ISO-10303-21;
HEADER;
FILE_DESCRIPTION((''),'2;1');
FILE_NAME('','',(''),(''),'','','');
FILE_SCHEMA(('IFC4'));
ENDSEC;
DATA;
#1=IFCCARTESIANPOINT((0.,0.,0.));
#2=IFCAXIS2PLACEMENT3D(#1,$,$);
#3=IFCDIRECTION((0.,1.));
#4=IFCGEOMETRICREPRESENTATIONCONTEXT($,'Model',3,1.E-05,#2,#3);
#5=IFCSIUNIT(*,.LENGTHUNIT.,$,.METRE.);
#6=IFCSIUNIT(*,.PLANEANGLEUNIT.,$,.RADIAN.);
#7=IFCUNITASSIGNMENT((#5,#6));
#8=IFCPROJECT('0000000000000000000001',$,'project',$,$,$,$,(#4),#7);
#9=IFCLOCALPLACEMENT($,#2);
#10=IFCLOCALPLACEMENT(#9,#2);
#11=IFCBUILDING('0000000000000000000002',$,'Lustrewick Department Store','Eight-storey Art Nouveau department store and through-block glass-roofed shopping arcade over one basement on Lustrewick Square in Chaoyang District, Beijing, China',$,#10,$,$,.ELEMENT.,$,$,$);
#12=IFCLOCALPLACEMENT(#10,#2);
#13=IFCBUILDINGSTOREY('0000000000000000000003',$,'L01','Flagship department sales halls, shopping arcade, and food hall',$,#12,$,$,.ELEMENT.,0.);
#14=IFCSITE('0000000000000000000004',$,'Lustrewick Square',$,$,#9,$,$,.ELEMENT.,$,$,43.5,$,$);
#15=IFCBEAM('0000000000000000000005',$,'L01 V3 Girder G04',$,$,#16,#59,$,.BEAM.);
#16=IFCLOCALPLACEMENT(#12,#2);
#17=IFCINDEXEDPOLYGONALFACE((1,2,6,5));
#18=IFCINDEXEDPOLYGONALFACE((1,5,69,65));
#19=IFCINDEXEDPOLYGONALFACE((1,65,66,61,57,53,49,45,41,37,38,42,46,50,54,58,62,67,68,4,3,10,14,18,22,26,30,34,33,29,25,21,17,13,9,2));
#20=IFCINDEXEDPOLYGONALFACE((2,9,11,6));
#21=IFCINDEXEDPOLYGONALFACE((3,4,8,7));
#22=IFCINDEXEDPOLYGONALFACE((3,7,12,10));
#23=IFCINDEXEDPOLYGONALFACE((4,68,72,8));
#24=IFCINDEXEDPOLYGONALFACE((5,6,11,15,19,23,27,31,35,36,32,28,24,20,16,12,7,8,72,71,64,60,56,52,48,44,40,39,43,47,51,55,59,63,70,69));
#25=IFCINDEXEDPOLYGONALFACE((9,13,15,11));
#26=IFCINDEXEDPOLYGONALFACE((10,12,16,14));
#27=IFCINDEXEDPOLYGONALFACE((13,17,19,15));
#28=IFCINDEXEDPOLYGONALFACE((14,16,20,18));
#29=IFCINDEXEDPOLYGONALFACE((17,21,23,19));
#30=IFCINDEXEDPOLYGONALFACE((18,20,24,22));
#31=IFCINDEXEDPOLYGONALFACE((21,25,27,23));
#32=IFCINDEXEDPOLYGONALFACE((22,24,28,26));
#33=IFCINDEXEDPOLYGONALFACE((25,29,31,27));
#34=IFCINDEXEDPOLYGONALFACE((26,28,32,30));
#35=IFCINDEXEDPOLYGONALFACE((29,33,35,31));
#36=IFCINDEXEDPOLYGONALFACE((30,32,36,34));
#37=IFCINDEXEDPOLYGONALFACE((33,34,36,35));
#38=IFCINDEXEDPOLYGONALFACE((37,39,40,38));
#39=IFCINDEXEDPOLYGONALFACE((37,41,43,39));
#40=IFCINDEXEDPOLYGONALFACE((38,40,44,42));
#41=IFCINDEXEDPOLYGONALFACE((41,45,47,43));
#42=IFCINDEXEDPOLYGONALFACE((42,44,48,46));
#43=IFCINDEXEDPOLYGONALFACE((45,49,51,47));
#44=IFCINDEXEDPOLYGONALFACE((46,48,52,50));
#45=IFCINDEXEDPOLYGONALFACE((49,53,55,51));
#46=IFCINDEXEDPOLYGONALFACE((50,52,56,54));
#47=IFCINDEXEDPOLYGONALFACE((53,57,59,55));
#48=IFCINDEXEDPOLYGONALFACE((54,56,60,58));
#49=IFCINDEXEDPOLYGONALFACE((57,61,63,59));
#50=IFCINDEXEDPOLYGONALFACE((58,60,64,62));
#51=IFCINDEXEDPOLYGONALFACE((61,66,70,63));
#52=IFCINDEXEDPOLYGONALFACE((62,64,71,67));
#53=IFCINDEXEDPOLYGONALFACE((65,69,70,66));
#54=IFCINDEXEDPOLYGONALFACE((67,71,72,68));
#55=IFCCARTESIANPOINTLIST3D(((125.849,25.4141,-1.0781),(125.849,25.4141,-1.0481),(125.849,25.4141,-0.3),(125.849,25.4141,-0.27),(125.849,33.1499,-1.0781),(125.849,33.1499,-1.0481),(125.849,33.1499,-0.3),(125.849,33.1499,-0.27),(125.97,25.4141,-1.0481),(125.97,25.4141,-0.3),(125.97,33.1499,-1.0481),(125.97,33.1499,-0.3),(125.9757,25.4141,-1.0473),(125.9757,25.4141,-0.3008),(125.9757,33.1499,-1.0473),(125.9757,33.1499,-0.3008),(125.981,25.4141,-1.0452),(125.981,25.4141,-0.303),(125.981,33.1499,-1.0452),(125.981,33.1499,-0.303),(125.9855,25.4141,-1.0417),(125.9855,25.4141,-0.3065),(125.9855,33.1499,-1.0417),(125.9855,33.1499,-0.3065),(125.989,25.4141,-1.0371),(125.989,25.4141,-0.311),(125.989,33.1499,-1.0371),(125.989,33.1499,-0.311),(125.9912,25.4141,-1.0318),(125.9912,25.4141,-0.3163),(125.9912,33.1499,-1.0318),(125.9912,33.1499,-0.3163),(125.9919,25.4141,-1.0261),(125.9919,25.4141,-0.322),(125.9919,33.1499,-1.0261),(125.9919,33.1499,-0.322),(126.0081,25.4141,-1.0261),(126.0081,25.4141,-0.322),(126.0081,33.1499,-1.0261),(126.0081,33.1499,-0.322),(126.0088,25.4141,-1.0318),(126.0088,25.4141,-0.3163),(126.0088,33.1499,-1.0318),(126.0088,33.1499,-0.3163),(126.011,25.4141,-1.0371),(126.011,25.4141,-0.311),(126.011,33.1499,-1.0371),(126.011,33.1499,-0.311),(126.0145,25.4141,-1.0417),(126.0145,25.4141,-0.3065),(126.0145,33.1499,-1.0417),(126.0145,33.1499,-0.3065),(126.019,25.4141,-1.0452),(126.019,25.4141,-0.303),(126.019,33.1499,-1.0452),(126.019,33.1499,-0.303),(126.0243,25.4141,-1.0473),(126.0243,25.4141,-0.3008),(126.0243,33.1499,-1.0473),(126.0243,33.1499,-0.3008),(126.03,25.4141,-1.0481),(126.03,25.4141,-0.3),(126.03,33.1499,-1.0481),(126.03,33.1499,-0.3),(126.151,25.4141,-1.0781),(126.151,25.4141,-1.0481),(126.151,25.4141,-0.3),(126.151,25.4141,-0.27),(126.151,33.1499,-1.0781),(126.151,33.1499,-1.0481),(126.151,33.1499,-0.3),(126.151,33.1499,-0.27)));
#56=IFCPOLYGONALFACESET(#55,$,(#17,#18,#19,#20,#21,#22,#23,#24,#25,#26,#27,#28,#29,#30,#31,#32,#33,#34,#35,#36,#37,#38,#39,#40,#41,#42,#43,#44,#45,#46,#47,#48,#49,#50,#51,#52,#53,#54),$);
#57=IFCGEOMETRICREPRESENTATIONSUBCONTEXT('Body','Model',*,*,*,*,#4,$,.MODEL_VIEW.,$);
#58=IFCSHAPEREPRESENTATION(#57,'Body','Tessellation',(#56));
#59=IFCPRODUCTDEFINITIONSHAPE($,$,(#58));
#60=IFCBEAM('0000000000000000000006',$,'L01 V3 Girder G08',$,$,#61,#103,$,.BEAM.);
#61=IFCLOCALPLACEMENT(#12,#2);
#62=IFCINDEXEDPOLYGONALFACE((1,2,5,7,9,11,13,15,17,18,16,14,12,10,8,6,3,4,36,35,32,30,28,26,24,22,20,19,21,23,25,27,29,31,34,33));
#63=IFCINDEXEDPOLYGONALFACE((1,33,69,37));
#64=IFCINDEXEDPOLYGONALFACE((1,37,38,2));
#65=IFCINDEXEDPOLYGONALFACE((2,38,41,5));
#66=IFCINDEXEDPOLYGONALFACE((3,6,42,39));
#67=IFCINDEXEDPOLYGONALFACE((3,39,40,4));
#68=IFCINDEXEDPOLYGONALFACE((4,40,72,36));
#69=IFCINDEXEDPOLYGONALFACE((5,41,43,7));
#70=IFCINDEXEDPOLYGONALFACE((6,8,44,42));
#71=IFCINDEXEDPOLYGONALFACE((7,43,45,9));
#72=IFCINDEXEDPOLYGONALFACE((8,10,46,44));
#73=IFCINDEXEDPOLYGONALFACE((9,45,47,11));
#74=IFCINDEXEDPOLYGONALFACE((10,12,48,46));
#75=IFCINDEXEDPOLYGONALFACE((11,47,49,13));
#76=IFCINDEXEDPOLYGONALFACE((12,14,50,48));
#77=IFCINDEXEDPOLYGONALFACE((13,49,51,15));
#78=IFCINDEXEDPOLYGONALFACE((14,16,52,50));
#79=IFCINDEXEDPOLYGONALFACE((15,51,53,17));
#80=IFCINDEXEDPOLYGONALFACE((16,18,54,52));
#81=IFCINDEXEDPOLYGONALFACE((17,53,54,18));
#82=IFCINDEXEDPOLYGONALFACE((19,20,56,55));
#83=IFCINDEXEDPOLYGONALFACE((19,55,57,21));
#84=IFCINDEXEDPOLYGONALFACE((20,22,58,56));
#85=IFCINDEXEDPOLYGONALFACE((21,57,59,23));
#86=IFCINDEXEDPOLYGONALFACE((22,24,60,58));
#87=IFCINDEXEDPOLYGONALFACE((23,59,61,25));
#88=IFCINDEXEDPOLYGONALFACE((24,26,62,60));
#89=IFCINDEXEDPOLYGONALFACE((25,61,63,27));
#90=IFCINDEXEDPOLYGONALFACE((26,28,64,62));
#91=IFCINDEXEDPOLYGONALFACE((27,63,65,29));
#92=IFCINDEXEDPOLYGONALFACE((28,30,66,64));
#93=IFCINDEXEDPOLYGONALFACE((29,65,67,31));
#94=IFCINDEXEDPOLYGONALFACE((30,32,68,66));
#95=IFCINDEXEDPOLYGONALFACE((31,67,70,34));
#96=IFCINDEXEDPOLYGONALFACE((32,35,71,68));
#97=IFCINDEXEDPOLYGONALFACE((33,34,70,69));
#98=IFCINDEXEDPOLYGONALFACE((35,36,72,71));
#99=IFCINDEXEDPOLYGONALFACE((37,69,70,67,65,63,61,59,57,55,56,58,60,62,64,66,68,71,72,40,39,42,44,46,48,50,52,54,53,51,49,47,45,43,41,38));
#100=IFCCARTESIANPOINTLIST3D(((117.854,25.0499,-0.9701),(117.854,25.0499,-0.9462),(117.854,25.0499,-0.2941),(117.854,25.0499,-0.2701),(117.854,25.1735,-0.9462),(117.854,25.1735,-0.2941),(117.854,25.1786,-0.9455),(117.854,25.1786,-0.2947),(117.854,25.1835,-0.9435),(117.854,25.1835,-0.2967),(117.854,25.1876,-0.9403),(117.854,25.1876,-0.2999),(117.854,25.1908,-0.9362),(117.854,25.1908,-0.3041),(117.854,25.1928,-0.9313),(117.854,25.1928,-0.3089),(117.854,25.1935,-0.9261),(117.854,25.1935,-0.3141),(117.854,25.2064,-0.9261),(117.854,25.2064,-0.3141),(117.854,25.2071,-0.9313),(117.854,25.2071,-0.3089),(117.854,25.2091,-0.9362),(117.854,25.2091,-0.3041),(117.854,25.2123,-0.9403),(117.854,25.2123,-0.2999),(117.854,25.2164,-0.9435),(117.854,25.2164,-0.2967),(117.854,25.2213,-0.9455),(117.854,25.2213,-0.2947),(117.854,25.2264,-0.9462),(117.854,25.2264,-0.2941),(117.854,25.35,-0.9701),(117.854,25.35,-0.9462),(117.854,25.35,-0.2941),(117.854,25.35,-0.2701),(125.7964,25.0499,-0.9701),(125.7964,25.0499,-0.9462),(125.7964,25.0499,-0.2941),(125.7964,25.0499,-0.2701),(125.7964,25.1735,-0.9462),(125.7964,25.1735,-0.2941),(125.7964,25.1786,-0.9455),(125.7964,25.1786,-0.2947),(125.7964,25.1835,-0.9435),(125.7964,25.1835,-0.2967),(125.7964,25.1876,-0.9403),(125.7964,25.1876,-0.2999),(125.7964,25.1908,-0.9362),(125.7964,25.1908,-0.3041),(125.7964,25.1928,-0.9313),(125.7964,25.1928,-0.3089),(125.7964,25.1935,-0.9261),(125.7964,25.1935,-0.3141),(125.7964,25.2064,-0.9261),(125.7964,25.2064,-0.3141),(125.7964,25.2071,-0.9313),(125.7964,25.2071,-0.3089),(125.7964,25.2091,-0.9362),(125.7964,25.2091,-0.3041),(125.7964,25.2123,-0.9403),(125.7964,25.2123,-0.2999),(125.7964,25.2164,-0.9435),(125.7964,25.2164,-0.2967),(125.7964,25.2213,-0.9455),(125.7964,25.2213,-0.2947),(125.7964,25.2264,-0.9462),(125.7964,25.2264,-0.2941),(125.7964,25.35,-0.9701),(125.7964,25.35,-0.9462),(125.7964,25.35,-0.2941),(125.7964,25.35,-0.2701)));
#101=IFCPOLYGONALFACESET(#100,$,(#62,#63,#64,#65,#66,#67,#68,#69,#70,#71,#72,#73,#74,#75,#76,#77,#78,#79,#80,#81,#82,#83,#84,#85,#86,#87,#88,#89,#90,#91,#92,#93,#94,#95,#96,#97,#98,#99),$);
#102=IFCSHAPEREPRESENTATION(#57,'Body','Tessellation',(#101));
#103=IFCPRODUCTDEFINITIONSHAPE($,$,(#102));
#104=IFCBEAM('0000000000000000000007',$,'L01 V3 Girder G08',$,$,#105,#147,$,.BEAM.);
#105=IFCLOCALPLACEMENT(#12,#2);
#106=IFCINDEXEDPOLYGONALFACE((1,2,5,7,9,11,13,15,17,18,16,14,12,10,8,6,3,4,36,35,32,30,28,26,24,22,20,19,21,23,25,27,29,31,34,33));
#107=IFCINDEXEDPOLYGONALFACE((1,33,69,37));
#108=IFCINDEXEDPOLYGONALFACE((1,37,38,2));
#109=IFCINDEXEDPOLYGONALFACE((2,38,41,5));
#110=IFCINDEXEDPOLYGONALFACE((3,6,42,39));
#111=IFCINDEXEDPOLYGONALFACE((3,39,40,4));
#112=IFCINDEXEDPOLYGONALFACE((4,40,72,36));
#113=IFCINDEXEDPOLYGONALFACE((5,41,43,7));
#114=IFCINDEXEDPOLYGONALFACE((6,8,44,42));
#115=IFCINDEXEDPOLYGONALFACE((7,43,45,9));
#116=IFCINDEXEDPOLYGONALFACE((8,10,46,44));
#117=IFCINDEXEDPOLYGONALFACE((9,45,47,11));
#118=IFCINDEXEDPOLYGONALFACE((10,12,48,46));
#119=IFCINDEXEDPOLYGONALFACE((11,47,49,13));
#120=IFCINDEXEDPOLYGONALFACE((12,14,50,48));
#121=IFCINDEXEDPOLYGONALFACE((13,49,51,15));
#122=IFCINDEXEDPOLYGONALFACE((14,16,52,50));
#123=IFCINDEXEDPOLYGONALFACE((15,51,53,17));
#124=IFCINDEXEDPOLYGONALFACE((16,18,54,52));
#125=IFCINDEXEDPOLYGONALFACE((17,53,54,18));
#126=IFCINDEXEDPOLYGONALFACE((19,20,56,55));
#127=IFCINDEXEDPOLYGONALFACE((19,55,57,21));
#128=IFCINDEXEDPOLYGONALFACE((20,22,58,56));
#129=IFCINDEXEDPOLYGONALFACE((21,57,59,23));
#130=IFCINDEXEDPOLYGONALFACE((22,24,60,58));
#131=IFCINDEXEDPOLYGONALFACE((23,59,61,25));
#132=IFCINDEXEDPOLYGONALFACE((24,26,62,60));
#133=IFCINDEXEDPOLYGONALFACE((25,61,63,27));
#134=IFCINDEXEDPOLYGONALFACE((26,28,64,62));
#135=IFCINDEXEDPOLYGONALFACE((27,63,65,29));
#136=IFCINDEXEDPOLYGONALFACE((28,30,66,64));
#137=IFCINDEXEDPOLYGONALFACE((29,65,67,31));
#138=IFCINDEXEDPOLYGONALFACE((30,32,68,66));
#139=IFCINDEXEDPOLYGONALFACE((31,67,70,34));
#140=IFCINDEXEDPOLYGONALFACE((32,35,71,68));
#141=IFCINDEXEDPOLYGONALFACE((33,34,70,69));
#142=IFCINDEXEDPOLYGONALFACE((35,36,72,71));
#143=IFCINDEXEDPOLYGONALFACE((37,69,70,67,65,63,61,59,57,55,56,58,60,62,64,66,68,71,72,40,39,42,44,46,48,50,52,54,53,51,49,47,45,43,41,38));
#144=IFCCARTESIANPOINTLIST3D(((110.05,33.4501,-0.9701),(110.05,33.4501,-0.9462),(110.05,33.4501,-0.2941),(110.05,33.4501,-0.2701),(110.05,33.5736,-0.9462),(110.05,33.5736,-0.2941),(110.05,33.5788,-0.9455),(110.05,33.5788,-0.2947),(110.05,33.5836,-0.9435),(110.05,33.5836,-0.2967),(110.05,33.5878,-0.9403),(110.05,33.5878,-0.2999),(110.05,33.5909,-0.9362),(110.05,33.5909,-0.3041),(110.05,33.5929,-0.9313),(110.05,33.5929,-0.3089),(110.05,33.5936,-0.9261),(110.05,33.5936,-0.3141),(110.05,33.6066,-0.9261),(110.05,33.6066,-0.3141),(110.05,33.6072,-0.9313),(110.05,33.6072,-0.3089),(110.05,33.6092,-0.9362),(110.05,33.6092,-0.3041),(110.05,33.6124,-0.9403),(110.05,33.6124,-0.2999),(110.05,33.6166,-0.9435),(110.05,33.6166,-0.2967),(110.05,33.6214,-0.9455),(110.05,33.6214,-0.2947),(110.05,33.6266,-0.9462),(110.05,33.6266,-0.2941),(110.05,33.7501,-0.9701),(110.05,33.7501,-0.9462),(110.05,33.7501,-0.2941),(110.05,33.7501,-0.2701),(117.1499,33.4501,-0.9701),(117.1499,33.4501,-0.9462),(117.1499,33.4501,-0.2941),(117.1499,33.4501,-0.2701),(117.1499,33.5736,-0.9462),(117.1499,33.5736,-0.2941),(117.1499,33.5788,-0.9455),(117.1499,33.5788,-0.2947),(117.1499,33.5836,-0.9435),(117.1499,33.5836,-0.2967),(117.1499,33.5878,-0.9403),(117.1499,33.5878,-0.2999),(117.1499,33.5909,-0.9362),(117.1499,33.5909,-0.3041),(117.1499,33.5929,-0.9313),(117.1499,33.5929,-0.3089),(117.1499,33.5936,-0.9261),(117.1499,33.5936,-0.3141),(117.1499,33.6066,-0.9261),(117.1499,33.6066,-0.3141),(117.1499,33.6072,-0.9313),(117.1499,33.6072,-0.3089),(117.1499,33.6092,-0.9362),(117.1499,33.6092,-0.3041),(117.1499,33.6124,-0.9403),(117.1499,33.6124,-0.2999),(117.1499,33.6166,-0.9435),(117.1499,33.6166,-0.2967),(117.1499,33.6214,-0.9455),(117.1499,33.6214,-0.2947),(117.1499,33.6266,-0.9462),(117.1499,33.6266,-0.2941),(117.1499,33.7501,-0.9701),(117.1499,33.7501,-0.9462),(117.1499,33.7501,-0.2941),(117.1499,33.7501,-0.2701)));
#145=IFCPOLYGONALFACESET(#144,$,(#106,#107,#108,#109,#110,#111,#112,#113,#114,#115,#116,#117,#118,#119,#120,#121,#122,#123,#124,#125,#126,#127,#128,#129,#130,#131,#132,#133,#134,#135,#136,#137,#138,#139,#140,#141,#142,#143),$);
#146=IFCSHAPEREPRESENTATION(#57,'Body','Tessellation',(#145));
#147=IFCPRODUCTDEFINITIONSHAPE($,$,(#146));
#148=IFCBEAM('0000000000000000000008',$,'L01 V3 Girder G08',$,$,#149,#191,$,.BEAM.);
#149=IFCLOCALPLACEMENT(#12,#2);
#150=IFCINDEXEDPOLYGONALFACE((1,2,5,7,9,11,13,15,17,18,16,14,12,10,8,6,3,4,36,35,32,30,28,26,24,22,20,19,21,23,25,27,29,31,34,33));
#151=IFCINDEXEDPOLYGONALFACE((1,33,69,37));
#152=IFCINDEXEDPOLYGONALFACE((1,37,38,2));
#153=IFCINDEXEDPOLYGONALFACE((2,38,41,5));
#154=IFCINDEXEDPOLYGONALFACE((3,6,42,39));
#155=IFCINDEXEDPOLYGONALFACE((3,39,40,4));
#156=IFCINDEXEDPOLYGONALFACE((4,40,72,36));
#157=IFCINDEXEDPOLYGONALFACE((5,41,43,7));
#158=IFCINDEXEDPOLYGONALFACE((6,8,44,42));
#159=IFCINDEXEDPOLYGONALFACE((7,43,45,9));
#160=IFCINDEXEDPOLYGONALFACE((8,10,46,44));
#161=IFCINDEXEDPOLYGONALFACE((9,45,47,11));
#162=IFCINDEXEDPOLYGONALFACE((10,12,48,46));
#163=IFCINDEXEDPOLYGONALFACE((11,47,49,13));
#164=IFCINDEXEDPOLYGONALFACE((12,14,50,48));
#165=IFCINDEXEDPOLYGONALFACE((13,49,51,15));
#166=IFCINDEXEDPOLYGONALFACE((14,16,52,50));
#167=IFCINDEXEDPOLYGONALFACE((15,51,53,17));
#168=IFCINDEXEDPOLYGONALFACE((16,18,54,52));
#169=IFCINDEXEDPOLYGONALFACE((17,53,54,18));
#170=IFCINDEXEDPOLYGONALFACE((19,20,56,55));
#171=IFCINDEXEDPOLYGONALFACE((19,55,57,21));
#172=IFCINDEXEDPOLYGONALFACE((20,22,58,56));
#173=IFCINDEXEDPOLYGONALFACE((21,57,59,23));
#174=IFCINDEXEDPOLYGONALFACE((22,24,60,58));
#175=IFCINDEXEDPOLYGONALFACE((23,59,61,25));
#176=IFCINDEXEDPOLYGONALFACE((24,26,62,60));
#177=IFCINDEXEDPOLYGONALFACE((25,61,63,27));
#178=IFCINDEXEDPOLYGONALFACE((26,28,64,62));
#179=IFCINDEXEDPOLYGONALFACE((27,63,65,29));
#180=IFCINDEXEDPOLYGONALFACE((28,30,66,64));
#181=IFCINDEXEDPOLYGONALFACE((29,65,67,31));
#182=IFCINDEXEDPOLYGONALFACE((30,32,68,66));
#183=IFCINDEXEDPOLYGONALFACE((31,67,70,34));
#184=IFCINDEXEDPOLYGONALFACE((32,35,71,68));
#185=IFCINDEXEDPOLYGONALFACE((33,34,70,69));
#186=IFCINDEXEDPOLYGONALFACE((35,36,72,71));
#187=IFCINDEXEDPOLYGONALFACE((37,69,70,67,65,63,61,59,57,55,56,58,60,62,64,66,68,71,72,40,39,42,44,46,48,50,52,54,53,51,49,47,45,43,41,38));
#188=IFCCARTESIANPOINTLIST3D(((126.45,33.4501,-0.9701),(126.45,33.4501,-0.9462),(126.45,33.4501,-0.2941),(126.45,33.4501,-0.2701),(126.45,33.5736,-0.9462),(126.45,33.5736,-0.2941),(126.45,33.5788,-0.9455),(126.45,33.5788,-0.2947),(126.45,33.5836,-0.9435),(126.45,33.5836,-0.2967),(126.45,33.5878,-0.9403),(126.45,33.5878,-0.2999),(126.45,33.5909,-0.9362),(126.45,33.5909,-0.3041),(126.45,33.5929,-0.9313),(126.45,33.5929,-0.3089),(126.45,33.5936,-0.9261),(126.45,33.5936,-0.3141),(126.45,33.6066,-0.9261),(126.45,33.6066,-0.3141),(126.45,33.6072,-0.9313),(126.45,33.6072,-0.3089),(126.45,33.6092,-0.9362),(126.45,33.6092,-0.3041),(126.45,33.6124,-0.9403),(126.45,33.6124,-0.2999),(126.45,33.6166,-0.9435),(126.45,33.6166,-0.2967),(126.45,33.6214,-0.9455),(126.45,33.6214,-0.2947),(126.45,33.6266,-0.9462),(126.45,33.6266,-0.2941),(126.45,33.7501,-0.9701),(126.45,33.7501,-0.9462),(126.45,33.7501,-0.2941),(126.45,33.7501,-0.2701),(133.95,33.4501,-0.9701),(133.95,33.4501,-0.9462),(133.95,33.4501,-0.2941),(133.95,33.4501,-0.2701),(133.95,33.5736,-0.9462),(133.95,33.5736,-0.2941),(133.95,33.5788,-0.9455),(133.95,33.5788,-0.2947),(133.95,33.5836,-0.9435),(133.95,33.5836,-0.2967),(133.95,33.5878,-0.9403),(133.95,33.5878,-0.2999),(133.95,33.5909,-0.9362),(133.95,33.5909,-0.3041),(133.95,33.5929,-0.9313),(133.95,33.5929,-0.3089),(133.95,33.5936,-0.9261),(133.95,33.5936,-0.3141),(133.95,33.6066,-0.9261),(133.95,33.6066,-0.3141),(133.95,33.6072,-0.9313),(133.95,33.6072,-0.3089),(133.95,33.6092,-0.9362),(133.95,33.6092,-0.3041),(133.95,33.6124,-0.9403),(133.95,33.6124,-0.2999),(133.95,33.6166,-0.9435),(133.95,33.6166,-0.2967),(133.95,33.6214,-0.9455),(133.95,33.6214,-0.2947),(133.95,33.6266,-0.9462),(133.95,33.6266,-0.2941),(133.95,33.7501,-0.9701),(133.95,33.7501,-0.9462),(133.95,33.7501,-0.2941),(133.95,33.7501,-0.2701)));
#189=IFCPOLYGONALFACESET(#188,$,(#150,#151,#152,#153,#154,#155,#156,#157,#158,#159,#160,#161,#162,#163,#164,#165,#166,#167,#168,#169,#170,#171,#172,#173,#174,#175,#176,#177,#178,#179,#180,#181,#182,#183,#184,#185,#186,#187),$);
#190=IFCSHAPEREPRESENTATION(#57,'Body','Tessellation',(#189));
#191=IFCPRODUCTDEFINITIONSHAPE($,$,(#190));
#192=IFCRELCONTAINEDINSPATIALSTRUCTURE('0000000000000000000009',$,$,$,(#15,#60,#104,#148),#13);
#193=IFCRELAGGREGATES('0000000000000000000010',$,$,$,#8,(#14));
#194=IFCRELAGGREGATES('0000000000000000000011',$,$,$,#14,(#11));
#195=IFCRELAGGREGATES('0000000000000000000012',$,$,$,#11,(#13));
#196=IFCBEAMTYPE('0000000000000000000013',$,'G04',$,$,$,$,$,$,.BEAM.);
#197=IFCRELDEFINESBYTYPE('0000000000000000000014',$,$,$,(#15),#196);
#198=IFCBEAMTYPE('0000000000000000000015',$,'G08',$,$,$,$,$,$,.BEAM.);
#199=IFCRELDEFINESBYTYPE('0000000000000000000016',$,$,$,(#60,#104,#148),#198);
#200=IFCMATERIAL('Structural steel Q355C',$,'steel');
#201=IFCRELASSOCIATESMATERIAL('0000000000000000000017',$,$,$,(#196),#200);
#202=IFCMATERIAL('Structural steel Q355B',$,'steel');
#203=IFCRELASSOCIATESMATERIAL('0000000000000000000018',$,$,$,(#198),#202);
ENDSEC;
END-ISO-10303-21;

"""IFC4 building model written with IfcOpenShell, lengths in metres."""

from ifc_helpers import new_model, si_unit, direction, frame, origin, origin_2d, place, context, subcontext, project, spatial, i_section, extrude, material, material_profile, profile_set, type_object, element, save


model = new_model("IFC4")

# Units and contexts
model_context = context("Model", 3, precision=1e-05, world=origin(), true_north=direction((0.0, 1.0)))
body_context = subcontext(model_context, "Body", "Model", "MODEL_VIEW")
ifc_project = project(units=[si_unit("LENGTHUNIT", "METRE"), si_unit("PLANEANGLEUNIT", "RADIAN")], contexts=[model_context])

# Site, building, storey
site_placement = place(None, origin())
site = spatial("IfcSite", under=ifc_project, at=site_placement, Name="Lustrewick Square", CompositionType="ELEMENT", RefElevation=43.5)
building_placement = place(site_placement, origin())
building = spatial("IfcBuilding", under=site, at=building_placement, Name="Lustrewick Department Store", Description="Eight-storey Art Nouveau department store and through-block glass-roofed shopping arcade over one basement on Lustrewick Square in Chaoyang District, Beijing, China", CompositionType="ELEMENT")
storey_placement = place(building_placement, origin())
storey = spatial("IfcBuildingStorey", under=building, at=storey_placement, Name="L01", Description="Flagship department sales halls, shopping arcade, and food hall", CompositionType="ELEMENT", Elevation=0.0)

# Shared definitions
ifc_material_1 = material(Name="Structural steel Q355C", Category="steel")

# Beams
ifc_material_2 = material(Name="Structural steel Q355B", Category="steel")
ifc_material_profile_1 = material_profile(ifc_material_1, i_section(OverallWidth=0.302, OverallDepth=0.8081, WebThickness=0.0161, FlangeThickness=0.03, FilletRadius=0.022, at=origin_2d()), Name="HN 808x302x16x30")
ifc_profile_set_1 = profile_set([ifc_material_profile_1], Name="Structural steel Q355C")
beam_type_1 = type_object("IfcBeamType", Name="G04", PredefinedType="BEAM", material=ifc_profile_set_1)
beam_1_placement = place(storey_placement, frame((126.0, 25.4141, -0.6741), z_axis=(0.0, 1.0, 0.0), x_axis=(-1.0, 0.0, 0.0)))
element("IfcBeam", 1, at=beam_1_placement, inside=storey, type_object=beam_type_1, Name="L01 V3 Girder G04", PredefinedType="BEAM", context=body_context, shape_type="SweptSolid", body=[
    extrude(i_section(OverallWidth=0.302, OverallDepth=0.8081, WebThickness=0.0161, FlangeThickness=0.03, FilletRadius=0.022, at=origin_2d()), origin(), (0.0, 0.0, 1.0), 7.7358),
])
ifc_material_profile_2 = material_profile(ifc_material_2, i_section(OverallWidth=0.3, OverallDepth=0.7, WebThickness=0.0129, FlangeThickness=0.0239, FilletRadius=0.02, at=origin_2d()), Name="HN 700x300x13x24")
ifc_profile_set_2 = profile_set([ifc_material_profile_2], Name="Structural steel Q355B")
beam_type_2 = type_object("IfcBeamType", Name="G08", PredefinedType="BEAM", material=ifc_profile_set_2)
beam_2_placement = place(storey_placement, frame((117.854, 25.2, -0.6201), z_axis=(1.0, 0.0, 0.0), x_axis=(0.0, 1.0, 0.0)))
element("IfcBeam", 2, at=beam_2_placement, inside=storey, type_object=beam_type_2, Name="L01 V3 Girder G08", PredefinedType="BEAM", context=body_context, shape_type="SweptSolid", body=[
    extrude(i_section(OverallWidth=0.3, OverallDepth=0.7, WebThickness=0.0129, FlangeThickness=0.0239, FilletRadius=0.02, at=origin_2d()), origin(), (0.0, 0.0, 1.0), 7.9424),
])
beam_3_placement = place(storey_placement, frame((110.05, 33.6001, -0.6201), z_axis=(1.0, 0.0, 0.0), x_axis=(0.0, 1.0, 0.0)))
element("IfcBeam", 3, at=beam_3_placement, inside=storey, type_object=beam_type_2, Name="L01 V3 Girder G08", PredefinedType="BEAM", context=body_context, shape_type="SweptSolid", body=[
    extrude(i_section(OverallWidth=0.3, OverallDepth=0.7, WebThickness=0.0129, FlangeThickness=0.0239, FilletRadius=0.02, at=origin_2d()), origin(), (0.0, 0.0, 1.0), 7.0999),
])
beam_4_placement = place(storey_placement, frame((126.45, 33.6001, -0.6201), z_axis=(1.0, 0.0, 0.0), x_axis=(0.0, 1.0, 0.0)))
element("IfcBeam", 4, at=beam_4_placement, inside=storey, type_object=beam_type_2, Name="L01 V3 Girder G08", PredefinedType="BEAM", context=body_context, shape_type="SweptSolid", body=[
    extrude(i_section(OverallWidth=0.3, OverallDepth=0.7, WebThickness=0.0129, FlangeThickness=0.0239, FilletRadius=0.02, at=origin_2d()), origin(), (0.0, 0.0, 1.0), 7.5),
])

save(model, "model.ifc")
